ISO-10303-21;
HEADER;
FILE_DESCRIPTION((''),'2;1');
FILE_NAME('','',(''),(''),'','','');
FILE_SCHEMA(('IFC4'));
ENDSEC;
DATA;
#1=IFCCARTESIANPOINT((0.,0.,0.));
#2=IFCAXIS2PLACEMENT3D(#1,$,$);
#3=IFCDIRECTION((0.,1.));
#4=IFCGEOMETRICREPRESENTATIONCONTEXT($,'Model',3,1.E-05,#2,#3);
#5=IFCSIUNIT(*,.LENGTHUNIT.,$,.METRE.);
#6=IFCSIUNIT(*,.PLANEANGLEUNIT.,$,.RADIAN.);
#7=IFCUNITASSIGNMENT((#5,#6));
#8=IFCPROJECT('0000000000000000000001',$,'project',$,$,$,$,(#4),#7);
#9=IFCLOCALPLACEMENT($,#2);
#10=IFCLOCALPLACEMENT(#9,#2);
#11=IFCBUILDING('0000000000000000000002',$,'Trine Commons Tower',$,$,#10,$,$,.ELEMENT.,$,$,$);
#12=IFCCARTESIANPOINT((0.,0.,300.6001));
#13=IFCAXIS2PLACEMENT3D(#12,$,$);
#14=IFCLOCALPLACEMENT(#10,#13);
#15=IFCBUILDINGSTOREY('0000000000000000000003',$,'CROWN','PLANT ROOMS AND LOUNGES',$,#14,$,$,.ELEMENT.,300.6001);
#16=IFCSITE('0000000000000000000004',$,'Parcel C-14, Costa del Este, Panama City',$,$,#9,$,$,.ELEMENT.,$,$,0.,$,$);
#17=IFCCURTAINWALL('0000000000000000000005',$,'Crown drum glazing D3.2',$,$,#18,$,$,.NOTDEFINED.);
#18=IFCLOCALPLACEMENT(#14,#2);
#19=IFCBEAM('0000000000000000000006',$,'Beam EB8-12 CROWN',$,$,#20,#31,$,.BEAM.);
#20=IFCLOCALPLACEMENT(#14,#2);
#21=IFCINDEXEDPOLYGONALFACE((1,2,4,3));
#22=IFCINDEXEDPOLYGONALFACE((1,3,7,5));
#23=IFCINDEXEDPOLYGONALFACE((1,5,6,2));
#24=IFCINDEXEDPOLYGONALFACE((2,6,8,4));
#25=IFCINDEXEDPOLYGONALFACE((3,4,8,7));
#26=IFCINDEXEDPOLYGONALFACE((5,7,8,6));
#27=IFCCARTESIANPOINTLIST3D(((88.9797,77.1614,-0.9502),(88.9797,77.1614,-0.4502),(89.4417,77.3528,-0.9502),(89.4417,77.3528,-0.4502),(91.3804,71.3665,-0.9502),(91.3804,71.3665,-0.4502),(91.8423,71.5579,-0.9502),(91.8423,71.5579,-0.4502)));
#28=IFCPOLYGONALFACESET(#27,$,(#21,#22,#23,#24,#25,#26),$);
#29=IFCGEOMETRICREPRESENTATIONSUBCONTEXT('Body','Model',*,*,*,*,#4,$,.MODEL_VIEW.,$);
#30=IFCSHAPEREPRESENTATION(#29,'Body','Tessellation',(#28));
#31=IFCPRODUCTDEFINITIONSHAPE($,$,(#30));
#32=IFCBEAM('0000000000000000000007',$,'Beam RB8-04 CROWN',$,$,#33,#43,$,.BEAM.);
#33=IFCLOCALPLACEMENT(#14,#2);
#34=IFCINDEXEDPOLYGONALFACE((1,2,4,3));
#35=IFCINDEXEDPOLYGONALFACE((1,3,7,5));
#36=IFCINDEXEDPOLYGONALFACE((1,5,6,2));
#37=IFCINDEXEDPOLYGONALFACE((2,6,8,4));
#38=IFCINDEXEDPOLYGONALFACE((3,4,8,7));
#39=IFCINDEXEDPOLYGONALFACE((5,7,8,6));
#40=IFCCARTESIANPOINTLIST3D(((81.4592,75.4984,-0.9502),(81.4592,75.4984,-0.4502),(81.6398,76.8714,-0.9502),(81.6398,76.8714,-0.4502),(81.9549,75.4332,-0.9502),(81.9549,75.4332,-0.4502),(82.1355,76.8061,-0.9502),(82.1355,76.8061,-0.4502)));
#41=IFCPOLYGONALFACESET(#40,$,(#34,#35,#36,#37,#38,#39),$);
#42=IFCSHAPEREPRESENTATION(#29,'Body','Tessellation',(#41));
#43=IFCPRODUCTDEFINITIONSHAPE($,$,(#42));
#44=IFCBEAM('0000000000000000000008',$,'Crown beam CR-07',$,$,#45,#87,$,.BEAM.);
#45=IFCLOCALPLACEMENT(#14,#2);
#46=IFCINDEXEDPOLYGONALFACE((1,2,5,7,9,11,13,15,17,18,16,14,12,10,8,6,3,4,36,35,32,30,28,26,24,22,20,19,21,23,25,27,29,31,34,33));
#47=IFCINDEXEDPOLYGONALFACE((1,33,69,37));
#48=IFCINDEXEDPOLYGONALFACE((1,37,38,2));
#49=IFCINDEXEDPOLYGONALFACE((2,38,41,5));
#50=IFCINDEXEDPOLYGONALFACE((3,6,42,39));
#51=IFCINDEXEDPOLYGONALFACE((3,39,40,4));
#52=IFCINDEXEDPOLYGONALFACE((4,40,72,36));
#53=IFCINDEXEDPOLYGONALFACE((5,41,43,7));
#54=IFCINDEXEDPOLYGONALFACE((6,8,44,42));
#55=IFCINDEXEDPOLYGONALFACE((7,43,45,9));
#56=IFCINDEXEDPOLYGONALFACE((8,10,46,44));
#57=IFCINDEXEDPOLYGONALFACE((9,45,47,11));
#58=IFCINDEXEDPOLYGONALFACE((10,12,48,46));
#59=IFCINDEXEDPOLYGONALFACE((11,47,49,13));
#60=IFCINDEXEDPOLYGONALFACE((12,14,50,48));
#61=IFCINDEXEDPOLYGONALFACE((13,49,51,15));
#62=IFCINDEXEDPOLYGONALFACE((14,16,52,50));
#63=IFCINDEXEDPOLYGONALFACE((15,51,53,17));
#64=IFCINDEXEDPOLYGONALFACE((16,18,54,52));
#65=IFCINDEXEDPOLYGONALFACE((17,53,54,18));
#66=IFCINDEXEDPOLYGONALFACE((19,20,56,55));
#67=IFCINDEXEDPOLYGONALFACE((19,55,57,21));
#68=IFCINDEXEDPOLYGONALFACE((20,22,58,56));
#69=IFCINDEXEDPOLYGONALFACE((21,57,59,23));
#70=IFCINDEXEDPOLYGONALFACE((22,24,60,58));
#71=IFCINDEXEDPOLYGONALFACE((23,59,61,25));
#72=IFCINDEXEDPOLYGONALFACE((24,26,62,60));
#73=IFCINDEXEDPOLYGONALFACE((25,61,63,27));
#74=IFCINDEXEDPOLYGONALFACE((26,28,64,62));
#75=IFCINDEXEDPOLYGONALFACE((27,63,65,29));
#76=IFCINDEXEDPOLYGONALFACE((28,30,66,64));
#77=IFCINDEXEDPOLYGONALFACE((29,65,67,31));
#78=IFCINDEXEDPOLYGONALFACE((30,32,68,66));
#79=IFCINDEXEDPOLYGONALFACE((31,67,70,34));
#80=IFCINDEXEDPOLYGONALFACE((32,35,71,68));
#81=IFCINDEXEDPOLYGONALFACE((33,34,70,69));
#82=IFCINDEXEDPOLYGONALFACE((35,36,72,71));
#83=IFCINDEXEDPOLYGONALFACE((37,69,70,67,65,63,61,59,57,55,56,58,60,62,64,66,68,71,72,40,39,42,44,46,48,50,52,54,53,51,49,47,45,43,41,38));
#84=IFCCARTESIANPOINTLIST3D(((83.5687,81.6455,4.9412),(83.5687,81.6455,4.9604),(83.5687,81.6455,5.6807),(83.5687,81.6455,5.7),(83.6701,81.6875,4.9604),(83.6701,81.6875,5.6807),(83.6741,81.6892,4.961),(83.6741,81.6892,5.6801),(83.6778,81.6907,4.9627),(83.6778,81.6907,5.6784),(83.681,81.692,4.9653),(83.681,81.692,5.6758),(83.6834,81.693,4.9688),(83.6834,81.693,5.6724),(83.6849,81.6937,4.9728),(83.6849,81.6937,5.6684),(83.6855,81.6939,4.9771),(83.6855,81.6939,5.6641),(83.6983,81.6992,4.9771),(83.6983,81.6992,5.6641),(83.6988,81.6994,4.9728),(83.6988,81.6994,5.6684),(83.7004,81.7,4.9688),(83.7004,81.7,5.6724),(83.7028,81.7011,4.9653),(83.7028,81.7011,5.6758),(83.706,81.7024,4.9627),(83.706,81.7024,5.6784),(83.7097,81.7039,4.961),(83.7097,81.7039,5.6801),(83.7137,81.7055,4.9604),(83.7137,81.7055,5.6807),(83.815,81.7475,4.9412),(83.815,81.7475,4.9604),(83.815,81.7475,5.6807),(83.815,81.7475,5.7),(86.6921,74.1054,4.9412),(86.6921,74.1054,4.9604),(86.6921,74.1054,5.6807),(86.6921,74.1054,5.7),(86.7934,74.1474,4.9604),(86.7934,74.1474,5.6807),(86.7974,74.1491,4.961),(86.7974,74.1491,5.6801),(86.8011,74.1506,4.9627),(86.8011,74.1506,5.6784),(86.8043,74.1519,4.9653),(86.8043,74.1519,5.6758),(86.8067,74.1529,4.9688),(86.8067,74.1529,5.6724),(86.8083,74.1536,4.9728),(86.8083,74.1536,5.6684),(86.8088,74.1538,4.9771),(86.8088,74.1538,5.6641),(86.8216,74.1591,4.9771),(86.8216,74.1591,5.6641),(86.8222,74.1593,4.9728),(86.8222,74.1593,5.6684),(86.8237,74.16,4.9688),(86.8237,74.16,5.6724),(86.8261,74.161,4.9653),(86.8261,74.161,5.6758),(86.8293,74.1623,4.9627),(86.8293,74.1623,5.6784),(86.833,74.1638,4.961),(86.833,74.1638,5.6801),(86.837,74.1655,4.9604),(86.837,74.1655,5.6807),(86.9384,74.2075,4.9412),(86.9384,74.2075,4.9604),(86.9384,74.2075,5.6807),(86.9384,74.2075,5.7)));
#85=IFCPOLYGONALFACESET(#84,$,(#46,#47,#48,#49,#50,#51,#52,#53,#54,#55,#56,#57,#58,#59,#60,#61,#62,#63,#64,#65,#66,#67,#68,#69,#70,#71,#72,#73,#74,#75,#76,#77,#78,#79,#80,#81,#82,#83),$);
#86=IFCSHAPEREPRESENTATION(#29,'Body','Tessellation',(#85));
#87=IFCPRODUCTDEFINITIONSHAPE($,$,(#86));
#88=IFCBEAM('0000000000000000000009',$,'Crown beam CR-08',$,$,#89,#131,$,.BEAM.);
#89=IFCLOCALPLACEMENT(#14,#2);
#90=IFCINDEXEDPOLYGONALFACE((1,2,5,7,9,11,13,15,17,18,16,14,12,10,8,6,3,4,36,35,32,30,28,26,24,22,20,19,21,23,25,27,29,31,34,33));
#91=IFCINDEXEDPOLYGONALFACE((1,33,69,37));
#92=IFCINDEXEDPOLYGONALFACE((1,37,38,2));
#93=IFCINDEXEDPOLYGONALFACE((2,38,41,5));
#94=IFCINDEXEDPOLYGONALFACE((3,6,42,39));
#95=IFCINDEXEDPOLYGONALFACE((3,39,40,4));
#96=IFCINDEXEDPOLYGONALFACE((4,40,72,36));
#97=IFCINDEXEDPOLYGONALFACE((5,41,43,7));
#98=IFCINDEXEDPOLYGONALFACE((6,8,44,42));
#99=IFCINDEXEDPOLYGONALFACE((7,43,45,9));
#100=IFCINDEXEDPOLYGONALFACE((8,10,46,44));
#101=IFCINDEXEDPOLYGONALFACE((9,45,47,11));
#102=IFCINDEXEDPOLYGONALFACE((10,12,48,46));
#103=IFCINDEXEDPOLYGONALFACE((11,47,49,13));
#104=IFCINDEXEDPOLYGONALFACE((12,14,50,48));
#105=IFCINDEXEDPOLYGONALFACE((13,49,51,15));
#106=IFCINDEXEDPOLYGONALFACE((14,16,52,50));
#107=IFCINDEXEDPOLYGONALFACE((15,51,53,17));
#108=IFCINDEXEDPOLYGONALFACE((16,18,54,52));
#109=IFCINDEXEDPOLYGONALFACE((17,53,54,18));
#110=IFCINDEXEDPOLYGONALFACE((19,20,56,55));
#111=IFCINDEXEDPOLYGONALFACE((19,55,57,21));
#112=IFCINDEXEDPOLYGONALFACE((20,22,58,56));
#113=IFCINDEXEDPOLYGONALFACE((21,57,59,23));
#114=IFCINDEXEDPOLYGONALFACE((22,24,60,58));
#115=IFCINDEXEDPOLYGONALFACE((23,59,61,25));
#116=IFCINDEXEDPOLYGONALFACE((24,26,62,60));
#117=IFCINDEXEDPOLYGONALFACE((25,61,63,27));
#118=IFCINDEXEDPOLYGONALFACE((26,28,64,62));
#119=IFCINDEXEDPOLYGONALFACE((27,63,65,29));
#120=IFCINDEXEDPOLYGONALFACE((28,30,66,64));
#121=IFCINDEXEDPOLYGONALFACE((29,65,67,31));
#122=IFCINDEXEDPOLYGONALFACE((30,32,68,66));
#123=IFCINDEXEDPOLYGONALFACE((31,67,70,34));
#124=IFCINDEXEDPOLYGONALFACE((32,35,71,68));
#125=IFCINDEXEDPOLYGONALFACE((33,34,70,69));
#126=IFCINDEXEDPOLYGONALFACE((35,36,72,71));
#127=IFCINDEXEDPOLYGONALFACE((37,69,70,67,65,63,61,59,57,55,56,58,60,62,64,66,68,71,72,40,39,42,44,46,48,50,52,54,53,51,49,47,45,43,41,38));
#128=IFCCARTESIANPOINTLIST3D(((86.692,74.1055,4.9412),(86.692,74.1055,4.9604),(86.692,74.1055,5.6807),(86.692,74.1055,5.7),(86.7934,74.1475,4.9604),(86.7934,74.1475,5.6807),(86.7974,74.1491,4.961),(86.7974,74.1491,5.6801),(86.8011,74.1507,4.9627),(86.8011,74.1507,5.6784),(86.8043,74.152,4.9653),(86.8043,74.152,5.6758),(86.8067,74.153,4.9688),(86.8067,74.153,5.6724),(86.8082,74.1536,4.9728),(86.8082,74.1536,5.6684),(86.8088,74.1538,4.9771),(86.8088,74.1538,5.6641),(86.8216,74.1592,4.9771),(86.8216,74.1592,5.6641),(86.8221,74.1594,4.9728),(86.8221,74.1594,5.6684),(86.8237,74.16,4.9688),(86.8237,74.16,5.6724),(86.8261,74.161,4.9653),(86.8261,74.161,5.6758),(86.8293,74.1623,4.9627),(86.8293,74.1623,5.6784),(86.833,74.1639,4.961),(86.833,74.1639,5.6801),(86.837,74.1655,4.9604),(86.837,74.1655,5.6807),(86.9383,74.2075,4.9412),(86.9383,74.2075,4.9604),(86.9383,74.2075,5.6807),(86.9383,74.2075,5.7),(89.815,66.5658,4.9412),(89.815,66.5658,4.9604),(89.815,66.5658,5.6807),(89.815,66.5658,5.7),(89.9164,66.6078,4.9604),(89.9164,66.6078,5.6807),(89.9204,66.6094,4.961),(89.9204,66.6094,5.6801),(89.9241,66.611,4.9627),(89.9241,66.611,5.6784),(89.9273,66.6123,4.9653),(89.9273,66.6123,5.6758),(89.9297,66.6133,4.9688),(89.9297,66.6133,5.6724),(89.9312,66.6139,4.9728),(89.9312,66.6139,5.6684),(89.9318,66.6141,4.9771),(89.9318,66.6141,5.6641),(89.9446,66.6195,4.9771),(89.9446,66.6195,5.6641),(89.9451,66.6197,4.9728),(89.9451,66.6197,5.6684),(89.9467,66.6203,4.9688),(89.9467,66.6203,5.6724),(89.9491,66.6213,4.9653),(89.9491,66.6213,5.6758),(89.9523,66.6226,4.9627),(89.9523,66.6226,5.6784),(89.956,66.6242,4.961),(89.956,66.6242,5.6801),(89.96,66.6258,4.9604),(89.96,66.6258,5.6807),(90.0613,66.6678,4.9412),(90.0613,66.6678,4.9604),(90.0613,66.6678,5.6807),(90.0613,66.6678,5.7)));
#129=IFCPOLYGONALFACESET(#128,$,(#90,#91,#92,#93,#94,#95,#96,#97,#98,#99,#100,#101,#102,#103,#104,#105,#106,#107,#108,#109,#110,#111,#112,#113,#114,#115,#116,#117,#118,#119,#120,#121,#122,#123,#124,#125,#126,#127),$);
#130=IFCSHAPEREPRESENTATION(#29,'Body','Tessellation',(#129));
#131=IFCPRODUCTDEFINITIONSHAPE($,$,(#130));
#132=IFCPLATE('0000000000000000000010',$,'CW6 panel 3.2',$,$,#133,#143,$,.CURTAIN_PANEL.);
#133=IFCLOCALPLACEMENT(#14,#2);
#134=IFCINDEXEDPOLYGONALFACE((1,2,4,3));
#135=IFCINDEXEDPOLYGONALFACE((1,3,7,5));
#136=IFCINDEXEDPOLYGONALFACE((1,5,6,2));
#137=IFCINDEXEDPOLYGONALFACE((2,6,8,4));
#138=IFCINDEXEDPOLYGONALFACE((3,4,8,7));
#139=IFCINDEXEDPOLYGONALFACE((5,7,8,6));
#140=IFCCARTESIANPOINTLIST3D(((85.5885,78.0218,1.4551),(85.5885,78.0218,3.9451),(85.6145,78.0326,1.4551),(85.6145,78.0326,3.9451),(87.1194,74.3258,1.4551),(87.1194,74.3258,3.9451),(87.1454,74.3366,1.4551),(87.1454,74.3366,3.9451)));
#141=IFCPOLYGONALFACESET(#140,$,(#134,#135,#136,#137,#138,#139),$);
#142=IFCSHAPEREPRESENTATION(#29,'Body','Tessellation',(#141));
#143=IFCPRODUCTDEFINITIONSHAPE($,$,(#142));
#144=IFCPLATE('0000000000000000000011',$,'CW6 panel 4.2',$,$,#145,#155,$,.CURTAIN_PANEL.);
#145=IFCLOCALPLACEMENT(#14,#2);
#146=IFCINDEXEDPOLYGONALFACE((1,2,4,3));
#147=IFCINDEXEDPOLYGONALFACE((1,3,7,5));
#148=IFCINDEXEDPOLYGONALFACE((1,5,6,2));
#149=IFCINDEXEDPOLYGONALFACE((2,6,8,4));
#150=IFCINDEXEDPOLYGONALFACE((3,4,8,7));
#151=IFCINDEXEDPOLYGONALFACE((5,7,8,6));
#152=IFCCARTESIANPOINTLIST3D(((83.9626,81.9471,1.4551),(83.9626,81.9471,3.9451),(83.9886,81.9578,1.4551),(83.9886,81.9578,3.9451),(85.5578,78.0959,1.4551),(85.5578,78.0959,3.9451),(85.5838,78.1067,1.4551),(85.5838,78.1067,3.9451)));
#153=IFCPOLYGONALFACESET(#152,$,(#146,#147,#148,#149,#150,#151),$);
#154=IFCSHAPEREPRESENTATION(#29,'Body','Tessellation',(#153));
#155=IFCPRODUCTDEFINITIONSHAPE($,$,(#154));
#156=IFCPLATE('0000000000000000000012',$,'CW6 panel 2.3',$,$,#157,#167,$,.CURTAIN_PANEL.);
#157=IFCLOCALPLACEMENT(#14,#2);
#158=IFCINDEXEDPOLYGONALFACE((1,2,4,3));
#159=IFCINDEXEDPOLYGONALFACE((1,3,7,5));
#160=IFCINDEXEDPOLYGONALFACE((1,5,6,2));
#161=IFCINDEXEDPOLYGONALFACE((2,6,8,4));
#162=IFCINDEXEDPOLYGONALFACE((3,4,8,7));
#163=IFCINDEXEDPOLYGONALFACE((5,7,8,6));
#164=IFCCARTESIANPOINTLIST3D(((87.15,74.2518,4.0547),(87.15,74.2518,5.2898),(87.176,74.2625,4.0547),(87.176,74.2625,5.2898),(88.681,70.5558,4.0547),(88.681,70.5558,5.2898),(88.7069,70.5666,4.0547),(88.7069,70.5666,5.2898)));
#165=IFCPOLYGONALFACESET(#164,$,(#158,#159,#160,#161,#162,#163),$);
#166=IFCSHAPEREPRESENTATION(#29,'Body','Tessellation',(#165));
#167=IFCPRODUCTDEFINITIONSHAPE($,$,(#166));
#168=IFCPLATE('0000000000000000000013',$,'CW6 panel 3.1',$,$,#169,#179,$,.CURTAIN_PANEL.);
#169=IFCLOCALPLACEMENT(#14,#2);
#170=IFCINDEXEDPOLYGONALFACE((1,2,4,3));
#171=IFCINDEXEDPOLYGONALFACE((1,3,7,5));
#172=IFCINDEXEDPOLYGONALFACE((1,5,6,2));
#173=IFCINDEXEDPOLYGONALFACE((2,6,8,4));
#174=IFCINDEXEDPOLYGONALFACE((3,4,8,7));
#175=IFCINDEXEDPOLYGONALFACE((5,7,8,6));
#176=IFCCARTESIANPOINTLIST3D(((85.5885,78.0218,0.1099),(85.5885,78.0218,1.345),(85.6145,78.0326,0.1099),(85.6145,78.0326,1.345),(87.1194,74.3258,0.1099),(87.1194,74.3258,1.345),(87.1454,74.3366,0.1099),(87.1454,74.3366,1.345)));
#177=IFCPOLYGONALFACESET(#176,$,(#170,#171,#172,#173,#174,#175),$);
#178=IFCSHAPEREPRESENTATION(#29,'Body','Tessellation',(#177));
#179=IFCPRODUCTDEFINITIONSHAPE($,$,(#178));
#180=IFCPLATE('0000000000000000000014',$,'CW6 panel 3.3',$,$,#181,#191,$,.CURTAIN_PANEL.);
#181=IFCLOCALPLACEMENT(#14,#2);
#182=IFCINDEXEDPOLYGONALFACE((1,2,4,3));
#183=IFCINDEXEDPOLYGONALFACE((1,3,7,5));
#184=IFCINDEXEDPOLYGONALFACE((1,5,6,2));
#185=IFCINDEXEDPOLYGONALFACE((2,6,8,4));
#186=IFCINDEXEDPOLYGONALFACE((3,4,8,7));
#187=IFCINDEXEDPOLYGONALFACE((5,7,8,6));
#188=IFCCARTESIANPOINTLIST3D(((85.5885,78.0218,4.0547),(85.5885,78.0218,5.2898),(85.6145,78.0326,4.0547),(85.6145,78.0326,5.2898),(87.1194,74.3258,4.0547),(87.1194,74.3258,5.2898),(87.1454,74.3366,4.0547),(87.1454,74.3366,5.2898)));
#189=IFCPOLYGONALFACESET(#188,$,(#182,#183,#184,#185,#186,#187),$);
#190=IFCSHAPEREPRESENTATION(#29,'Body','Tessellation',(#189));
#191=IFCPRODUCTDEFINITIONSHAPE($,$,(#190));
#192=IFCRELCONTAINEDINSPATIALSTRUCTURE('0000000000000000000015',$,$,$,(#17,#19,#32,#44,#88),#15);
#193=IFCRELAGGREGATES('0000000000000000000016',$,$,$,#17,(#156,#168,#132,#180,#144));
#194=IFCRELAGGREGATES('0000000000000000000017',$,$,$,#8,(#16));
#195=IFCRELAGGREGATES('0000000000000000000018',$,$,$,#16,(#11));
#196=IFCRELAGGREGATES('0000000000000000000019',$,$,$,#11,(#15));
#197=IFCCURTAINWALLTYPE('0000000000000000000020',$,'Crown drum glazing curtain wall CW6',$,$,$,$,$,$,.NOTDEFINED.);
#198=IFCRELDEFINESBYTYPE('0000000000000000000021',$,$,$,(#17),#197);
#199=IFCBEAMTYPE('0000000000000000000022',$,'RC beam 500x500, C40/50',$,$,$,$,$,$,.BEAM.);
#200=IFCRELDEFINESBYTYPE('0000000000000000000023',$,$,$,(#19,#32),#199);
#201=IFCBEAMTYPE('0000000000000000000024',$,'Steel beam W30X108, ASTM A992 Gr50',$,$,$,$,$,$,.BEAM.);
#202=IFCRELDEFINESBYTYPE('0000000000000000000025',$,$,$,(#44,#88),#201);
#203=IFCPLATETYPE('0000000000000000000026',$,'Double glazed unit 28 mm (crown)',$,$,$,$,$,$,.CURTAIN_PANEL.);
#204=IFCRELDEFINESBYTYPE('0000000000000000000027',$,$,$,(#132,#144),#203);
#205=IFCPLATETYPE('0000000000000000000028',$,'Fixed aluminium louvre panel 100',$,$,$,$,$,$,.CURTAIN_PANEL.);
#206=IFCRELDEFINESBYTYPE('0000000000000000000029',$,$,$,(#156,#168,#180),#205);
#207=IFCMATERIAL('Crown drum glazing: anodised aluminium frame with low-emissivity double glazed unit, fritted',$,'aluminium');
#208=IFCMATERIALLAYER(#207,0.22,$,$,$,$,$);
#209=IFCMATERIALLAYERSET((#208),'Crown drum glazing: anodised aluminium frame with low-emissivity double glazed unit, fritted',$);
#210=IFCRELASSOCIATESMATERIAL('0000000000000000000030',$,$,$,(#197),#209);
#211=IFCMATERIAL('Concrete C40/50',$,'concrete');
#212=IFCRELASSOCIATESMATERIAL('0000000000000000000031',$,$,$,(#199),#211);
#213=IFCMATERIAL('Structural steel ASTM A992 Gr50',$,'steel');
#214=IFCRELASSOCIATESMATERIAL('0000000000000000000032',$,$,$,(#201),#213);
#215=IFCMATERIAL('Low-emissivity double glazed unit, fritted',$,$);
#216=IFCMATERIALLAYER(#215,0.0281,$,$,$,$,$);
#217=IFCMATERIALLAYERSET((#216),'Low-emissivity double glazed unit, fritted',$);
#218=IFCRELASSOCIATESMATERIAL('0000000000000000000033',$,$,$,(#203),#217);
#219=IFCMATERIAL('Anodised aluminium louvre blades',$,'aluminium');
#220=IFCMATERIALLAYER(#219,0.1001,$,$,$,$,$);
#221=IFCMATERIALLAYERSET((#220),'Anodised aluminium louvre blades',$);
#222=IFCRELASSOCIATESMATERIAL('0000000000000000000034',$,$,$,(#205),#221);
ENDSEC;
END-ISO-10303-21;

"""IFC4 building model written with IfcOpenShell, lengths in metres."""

from ifc_helpers import new_model, si_unit, direction, frame, origin, origin_2d, place, context, subcontext, project, spatial, rectangle, i_section, extrude, material, layer, layer_set, material_profile, profile_set, type_object, element, aggregate, save


model = new_model("IFC4")

# Units and contexts
model_context = context("Model", 3, precision=1e-05, world=origin(), true_north=direction((0.0, 1.0)))
body_context = subcontext(model_context, "Body", "Model", "MODEL_VIEW")
ifc_project = project(units=[si_unit("LENGTHUNIT", "METRE"), si_unit("PLANEANGLEUNIT", "RADIAN")], contexts=[model_context])

# Site, building, storey
site_placement = place(None, origin())
site = spatial("IfcSite", under=ifc_project, at=site_placement, Name="Parcel C-14, Costa del Este, Panama City", CompositionType="ELEMENT", RefElevation=0.0)
building_placement = place(site_placement, origin())
building = spatial("IfcBuilding", under=site, at=building_placement, Name="Trine Commons Tower", CompositionType="ELEMENT")
storey_placement = place(building_placement, frame((0.0, 0.0, 300.6001)))
storey = spatial("IfcBuildingStorey", under=building, at=storey_placement, Name="CROWN", Description="PLANT ROOMS AND LOUNGES", CompositionType="ELEMENT", Elevation=300.6001)

# Shared definitions
ifc_material_1 = material(Name="Structural steel ASTM A992 Gr50", Category="steel")

# Curtain wall
ifc_material_2 = material(Name="Crown drum glazing: anodised aluminium frame with low-emissivity double glazed unit, fritted", Category="aluminium")
ifc_layer_1 = layer(ifc_material_2, 0.22)
ifc_layer_set_1 = layer_set([ifc_layer_1], Name="Crown drum glazing: anodised aluminium frame with low-emissivity double glazed unit, fritted")
curtain_wall_type = type_object("IfcCurtainWallType", Name="Crown drum glazing curtain wall CW6", PredefinedType="NOTDEFINED", material=ifc_layer_set_1)
curtain_wall_placement = place(storey_placement, origin())
curtain_wall = element("IfcCurtainWall", 1, at=curtain_wall_placement, inside=storey, type_object=curtain_wall_type, Name="Crown drum glazing D3.2", PredefinedType="NOTDEFINED")

# Beams
ifc_material_3 = material(Name="Concrete C40/50", Category="concrete")
ifc_material_profile_1 = material_profile(ifc_material_3, rectangle(XDim=0.5, YDim=0.5, at=origin_2d()), Name="RC 500x500")
ifc_profile_set_1 = profile_set([ifc_material_profile_1], Name="Concrete C40/50")
beam_type_1 = type_object("IfcBeamType", Name="RC beam 500x500, C40/50", PredefinedType="BEAM", material=ifc_profile_set_1)
beam_1_placement = place(storey_placement, frame((89.2107, 77.2571, -0.7002), z_axis=(0.382724, -0.923863, 0.0), x_axis=(0.923863, 0.382724, 0.0)))
element("IfcBeam", 2, at=beam_1_placement, inside=storey, type_object=beam_type_1, Name="Beam EB8-12 CROWN", PredefinedType="BEAM", context=body_context, shape_type="SweptSolid", body=[
    extrude(rectangle(XDim=0.5, YDim=0.5, at=origin_2d()), origin(), (0.0, 0.0, 1.0), 6.2725),
])
beam_2_placement = place(storey_placement, frame((81.707, 75.4658, -0.7002), z_axis=(0.130455, 0.991454, 0.0), x_axis=(-0.991454, 0.130455, 0.0)))
element("IfcBeam", 3, at=beam_2_placement, inside=storey, type_object=beam_type_1, Name="Beam RB8-04 CROWN", PredefinedType="BEAM", context=body_context, shape_type="SweptSolid", body=[
    extrude(rectangle(XDim=0.5, YDim=0.5, at=origin_2d()), origin(), (0.0, 0.0, 1.0), 1.3848),
])
ifc_material_profile_2 = material_profile(ifc_material_1, i_section(OverallWidth=0.2666, OverallDepth=0.7588, WebThickness=0.0139, FlangeThickness=0.0193, FilletRadius=0.0166, at=origin_2d()), Name="W30X108")
ifc_profile_set_2 = profile_set([ifc_material_profile_2], Name="Structural steel ASTM A992 Gr50")
beam_type_2 = type_object("IfcBeamType", Name="Steel beam W30X108, ASTM A992 Gr50", PredefinedType="BEAM", material=ifc_profile_set_2)
beam_3_placement = place(storey_placement, frame((83.6919, 81.6965, 5.3206), z_axis=(0.382694, -0.923875, 0.0), x_axis=(0.923875, 0.382694, 0.0)))
element("IfcBeam", 4, at=beam_3_placement, inside=storey, type_object=beam_type_2, Name="Crown beam CR-07", PredefinedType="BEAM", context=body_context, shape_type="SweptSolid", body=[
    extrude(i_section(OverallWidth=0.2666, OverallDepth=0.7588, WebThickness=0.0139, FlangeThickness=0.0193, FilletRadius=0.0166, at=origin_2d()), origin(), (0.0, 0.0, 1.0), 8.1614),
])
beam_4_placement = place(storey_placement, frame((86.8152, 74.1565, 5.3206), z_axis=(0.382679, -0.923881, 0.0), x_axis=(0.923881, 0.382679, 0.0)))
element("IfcBeam", 5, at=beam_4_placement, inside=storey, type_object=beam_type_2, Name="Crown beam CR-08", PredefinedType="BEAM", context=body_context, shape_type="SweptSolid", body=[
    extrude(i_section(OverallWidth=0.2666, OverallDepth=0.7588, WebThickness=0.0139, FlangeThickness=0.0193, FilletRadius=0.0166, at=origin_2d()), origin(), (0.0, 0.0, 1.0), 8.1609),
])

# Plates
ifc_material_4 = material(Name="Low-emissivity double glazed unit, fritted")
ifc_layer_2 = layer(ifc_material_4, 0.0281)
ifc_layer_set_2 = layer_set([ifc_layer_2], Name="Low-emissivity double glazed unit, fritted")
plate_type_1 = type_object("IfcPlateType", Name="Double glazed unit 28 mm (crown)", PredefinedType="CURTAIN_PANEL", material=ifc_layer_set_2)
plate_1_placement = place(storey_placement, frame((86.3669, 76.1792, 1.4551), z_axis=(0.0, 0.0, 1.0), x_axis=(-0.382683, 0.92388, 0.0)))
plate_1 = element("IfcPlate", 6, at=plate_1_placement, type_object=plate_type_1, Name="CW6 panel 3.2", PredefinedType="CURTAIN_PANEL", context=body_context, shape_type="SweptSolid", body=[
    extrude(rectangle(XDim=4.0005, YDim=0.0281, at=origin_2d()), origin(), (0.0, 0.0, 1.0), 2.49),
])
plate_2_placement = place(storey_placement, frame((84.7732, 80.0269, 1.4551), z_axis=(0.0, 0.0, 1.0), x_axis=(-0.382683, 0.92388, 0.0)))
plate_2 = element("IfcPlate", 7, at=plate_2_placement, type_object=plate_type_1, Name="CW6 panel 4.2", PredefinedType="CURTAIN_PANEL", context=body_context, shape_type="SweptSolid", body=[
    extrude(rectangle(XDim=4.1685, YDim=0.0281, at=origin_2d()), origin(), (0.0, 0.0, 1.0), 2.49),
])
ifc_material_5 = material(Name="Anodised aluminium louvre blades", Category="aluminium")
ifc_layer_3 = layer(ifc_material_5, 0.1001)
ifc_layer_set_3 = layer_set([ifc_layer_3], Name="Anodised aluminium louvre blades")
plate_type_2 = type_object("IfcPlateType", Name="Fixed aluminium louvre panel 100", PredefinedType="CURTAIN_PANEL", material=ifc_layer_set_3)
plate_3_placement = place(storey_placement, frame((87.9285, 72.4092, 4.0547), z_axis=(0.0, 0.0, 1.0), x_axis=(-0.382683, 0.92388, 0.0)))
plate_3 = element("IfcPlate", 8, at=plate_3_placement, type_object=plate_type_2, Name="CW6 panel 2.3", PredefinedType="CURTAIN_PANEL", context=body_context, shape_type="SweptSolid", body=[
    extrude(rectangle(XDim=4.0005, YDim=0.0281, at=origin_2d()), origin(), (0.0, 0.0, 1.0), 1.2351),
])
plate_4_placement = place(storey_placement, frame((86.3669, 76.1792, 0.1099), z_axis=(0.0, 0.0, 1.0), x_axis=(-0.382683, 0.92388, 0.0)))
plate_4 = element("IfcPlate", 9, at=plate_4_placement, type_object=plate_type_2, Name="CW6 panel 3.1", PredefinedType="CURTAIN_PANEL", context=body_context, shape_type="SweptSolid", body=[
    extrude(rectangle(XDim=4.0005, YDim=0.0281, at=origin_2d()), origin(), (0.0, 0.0, 1.0), 1.2351),
])
plate_5_placement = place(storey_placement, frame((86.3669, 76.1792, 4.0547), z_axis=(0.0, 0.0, 1.0), x_axis=(-0.382683, 0.92388, 0.0)))
plate_5 = element("IfcPlate", 10, at=plate_5_placement, type_object=plate_type_2, Name="CW6 panel 3.3", PredefinedType="CURTAIN_PANEL", context=body_context, shape_type="SweptSolid", body=[
    extrude(rectangle(XDim=4.0005, YDim=0.0281, at=origin_2d()), origin(), (0.0, 0.0, 1.0), 1.2351),
])
aggregate(curtain_wall, [plate_3, plate_4, plate_1, plate_5, plate_2])

save(model, "model.ifc")
